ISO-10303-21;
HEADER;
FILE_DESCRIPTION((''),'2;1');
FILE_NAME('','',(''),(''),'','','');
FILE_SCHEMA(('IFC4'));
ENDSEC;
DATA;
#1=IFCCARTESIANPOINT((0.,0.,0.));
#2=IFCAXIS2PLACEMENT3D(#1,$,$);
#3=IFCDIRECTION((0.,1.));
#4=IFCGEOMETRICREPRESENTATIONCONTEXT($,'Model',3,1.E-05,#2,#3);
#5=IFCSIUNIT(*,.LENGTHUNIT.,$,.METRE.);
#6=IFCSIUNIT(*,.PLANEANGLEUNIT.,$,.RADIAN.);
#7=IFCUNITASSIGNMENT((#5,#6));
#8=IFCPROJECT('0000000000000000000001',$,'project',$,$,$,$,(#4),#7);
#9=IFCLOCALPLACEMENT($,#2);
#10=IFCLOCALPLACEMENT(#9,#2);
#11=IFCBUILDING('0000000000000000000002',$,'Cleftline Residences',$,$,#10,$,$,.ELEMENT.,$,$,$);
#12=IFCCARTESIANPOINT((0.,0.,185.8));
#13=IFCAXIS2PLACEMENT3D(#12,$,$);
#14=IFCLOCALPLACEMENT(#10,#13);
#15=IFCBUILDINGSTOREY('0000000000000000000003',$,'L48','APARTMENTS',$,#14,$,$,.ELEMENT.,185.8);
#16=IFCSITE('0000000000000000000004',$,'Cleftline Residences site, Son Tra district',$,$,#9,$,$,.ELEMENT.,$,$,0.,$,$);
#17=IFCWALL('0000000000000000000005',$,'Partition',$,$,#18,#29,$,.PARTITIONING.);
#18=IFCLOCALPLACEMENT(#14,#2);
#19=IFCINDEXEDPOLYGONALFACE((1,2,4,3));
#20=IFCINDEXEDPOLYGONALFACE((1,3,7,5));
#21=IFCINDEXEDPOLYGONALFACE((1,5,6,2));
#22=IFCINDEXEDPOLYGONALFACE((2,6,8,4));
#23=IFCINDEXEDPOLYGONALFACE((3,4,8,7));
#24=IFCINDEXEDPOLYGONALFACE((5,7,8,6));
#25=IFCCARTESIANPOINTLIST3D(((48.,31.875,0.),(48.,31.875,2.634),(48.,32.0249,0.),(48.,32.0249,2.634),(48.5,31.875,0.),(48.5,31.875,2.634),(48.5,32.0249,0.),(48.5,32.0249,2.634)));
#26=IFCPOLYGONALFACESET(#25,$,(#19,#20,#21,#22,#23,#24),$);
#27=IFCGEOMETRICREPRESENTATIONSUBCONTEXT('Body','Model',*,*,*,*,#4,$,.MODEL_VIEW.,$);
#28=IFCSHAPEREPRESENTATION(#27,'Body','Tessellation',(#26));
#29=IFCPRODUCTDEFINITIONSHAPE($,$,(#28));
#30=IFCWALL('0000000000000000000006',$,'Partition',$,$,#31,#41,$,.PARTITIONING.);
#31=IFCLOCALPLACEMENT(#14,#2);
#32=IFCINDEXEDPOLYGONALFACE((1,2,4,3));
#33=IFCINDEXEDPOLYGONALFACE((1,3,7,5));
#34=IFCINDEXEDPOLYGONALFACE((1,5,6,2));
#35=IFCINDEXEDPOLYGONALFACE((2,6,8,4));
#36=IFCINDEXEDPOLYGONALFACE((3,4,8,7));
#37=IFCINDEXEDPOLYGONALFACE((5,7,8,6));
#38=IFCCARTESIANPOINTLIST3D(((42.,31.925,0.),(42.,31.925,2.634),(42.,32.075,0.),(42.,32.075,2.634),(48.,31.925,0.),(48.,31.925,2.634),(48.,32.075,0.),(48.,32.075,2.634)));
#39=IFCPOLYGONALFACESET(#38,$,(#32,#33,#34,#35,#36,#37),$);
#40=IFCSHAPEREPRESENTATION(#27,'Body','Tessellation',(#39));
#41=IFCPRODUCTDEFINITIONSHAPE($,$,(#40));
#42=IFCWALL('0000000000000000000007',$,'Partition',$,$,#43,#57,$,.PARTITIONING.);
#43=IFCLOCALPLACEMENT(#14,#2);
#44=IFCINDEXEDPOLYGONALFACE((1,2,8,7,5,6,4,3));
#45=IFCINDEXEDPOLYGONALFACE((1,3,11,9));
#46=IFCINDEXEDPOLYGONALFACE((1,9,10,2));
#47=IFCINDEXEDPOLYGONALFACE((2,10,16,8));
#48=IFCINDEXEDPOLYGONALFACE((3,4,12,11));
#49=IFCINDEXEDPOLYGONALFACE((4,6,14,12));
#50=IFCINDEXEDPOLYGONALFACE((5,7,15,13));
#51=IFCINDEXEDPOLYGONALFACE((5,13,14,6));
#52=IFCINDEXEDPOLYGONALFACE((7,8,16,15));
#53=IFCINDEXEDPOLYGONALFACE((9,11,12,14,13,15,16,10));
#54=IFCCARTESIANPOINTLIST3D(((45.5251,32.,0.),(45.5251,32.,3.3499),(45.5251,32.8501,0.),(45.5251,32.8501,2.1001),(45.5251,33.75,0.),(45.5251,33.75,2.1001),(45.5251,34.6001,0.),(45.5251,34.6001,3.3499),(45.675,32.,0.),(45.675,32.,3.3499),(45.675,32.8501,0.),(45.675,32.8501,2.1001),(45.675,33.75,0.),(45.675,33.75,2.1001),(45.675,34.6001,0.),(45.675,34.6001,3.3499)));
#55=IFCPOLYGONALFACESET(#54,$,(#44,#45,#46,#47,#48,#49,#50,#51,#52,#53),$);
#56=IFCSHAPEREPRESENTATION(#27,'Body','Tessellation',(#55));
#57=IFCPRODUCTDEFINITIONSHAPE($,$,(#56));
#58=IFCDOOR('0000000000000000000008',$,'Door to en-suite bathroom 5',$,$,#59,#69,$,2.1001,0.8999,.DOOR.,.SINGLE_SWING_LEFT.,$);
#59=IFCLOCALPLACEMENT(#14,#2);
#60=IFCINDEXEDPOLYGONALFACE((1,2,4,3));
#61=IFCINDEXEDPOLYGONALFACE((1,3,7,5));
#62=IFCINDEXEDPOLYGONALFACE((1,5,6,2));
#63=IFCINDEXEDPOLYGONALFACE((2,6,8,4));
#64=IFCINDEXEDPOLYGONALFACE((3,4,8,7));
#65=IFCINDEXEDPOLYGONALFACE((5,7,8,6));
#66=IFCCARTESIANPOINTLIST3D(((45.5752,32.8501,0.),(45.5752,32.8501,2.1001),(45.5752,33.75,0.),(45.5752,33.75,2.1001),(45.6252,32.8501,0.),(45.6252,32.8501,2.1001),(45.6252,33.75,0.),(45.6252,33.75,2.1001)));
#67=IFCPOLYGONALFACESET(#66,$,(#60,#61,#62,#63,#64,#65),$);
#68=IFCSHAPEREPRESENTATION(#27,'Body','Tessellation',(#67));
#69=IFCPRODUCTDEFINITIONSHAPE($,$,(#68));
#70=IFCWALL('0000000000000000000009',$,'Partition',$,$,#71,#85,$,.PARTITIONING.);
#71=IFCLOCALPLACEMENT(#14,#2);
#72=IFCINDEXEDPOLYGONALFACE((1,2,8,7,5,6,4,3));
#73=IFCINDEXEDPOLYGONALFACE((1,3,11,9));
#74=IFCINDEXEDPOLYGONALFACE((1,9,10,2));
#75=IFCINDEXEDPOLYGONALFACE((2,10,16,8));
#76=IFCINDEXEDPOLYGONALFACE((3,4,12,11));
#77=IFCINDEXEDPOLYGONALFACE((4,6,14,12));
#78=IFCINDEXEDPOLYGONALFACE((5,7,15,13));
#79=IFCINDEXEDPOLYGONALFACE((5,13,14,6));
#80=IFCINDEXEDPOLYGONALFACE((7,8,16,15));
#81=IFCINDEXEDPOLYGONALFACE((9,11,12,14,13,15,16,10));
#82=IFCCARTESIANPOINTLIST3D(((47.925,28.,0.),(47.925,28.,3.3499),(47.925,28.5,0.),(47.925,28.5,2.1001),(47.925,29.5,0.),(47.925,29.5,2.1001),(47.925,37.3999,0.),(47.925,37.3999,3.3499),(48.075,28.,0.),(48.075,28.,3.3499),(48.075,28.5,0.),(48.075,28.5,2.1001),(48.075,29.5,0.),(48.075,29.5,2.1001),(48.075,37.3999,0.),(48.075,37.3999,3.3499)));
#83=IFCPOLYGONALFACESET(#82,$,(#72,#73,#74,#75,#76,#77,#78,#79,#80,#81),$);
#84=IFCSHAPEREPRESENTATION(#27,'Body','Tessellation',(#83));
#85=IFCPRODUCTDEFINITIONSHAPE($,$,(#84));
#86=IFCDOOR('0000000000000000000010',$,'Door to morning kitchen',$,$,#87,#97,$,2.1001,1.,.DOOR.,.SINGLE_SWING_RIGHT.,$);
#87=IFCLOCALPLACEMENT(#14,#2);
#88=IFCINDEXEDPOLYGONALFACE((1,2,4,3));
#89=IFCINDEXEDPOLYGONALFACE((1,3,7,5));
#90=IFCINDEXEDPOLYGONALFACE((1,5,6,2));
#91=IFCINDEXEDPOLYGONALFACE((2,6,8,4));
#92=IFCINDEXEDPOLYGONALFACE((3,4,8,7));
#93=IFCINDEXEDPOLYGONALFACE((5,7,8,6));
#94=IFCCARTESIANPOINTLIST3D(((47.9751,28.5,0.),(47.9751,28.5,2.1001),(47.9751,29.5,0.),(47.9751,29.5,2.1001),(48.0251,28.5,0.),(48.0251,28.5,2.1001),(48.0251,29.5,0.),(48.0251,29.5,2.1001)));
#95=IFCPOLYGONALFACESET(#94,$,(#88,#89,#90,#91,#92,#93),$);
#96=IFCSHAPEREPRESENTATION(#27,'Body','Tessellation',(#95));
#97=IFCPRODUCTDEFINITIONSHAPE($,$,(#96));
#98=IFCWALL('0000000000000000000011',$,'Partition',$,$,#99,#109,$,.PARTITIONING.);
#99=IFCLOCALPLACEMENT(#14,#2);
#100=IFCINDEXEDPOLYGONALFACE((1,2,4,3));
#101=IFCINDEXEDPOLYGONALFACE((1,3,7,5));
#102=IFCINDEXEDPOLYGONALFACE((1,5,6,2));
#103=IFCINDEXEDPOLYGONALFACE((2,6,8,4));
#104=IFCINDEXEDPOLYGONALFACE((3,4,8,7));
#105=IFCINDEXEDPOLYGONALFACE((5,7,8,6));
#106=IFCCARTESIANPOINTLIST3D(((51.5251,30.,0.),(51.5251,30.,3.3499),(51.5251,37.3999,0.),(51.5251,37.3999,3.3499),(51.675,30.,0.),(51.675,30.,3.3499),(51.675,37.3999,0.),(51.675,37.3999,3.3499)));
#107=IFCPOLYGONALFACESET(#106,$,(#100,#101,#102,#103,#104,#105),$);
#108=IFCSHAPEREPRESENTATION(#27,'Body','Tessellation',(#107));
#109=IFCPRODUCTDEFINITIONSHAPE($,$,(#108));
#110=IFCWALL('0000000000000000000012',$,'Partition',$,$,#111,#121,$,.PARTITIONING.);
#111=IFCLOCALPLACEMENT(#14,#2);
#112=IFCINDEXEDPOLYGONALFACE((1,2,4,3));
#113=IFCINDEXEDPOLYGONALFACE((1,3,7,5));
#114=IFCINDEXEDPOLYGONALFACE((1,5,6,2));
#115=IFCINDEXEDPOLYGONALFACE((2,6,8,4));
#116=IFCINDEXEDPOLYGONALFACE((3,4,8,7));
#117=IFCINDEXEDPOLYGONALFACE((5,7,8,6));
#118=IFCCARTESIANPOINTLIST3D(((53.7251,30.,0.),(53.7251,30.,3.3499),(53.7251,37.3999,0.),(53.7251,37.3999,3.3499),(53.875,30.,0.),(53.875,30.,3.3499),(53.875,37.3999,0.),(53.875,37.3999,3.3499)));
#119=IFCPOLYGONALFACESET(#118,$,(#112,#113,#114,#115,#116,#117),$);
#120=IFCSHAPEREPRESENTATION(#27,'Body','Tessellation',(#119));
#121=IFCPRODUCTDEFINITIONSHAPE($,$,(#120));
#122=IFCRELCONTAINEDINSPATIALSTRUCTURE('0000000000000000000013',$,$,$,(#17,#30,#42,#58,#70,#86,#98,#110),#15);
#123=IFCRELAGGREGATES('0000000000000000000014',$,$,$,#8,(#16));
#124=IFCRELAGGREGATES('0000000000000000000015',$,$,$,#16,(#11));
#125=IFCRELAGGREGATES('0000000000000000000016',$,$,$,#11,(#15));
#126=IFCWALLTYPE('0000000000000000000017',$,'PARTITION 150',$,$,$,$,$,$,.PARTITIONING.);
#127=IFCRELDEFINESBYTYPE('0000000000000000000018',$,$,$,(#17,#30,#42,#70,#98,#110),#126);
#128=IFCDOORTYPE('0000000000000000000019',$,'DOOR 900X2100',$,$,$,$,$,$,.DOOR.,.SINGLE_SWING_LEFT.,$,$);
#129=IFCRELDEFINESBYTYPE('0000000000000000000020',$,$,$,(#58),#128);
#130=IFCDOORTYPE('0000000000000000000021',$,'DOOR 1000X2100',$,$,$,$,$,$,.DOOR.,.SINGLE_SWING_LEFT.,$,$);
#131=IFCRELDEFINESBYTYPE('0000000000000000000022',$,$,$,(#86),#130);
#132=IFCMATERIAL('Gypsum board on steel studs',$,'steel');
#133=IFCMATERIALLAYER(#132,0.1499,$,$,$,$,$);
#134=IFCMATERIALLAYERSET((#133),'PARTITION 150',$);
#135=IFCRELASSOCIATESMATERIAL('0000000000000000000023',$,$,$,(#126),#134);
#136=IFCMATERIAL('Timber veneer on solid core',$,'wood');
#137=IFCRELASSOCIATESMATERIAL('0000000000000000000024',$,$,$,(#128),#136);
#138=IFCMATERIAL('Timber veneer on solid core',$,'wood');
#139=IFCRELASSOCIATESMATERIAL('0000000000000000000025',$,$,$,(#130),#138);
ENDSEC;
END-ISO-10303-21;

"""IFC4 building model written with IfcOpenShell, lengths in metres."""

from ifc_helpers import new_model, si_unit, direction, frame, frame_2d, origin, place, context, subcontext, project, spatial, rectangle, extrude, material, layer, layer_set, type_object, element, fill, save


model = new_model("IFC4")

# Units and contexts
model_context = context("Model", 3, precision=1e-05, world=origin(), true_north=direction((0.0, 1.0)))
body_context = subcontext(model_context, "Body", "Model", "MODEL_VIEW")
ifc_project = project(units=[si_unit("LENGTHUNIT", "METRE"), si_unit("PLANEANGLEUNIT", "RADIAN")], contexts=[model_context])

# Site, building, storey
site_placement = place(None, origin())
site = spatial("IfcSite", under=ifc_project, at=site_placement, Name="Cleftline Residences site, Son Tra district", CompositionType="ELEMENT", RefElevation=0.0)
building_placement = place(site_placement, origin())
building = spatial("IfcBuilding", under=site, at=building_placement, Name="Cleftline Residences", CompositionType="ELEMENT")
storey_placement = place(building_placement, frame((0.0, 0.0, 185.8)))
storey = spatial("IfcBuildingStorey", under=building, at=storey_placement, Name="L48", Description="APARTMENTS", CompositionType="ELEMENT", Elevation=185.8)

# Shared definitions
ifc_material_1 = material(Name="Gypsum board on steel studs", Category="steel")
ifc_layer_1 = layer(ifc_material_1, 0.1499)
ifc_layer_set_1 = layer_set([ifc_layer_1], Name="PARTITION 150")
wall_type_1 = type_object("IfcWallType", Name="PARTITION 150", PredefinedType="PARTITIONING", material=ifc_layer_set_1)
ifc_material_2 = material(Name="Timber veneer on solid core", Category="wood")
door_type_1 = type_object("IfcDoorType", Name="DOOR 900X2100", OperationType="SINGLE_SWING_LEFT", PredefinedType="DOOR", material=ifc_material_2)
ifc_material_3 = material(Name="Timber veneer on solid core", Category="wood")
door_type_2 = type_object("IfcDoorType", Name="DOOR 1000X2100", OperationType="SINGLE_SWING_LEFT", PredefinedType="DOOR", material=ifc_material_3)

# Walls
wall_1_placement = place(storey_placement, frame((48.0, 31.95, 0.0), z_axis=(0.0, 0.0, 1.0), x_axis=(1.0, 0.0, 0.0)))
element("IfcWall", 1, at=wall_1_placement, inside=storey, type_object=wall_type_1, Name="Partition", PredefinedType="PARTITIONING", context=body_context, shape_type="SweptSolid", body=[
    extrude(rectangle(XDim=0.5, YDim=0.1499, at=frame_2d((0.25, 0.0))), origin(), (0.0, 0.0, 1.0), 2.634),
])
wall_2_placement = place(storey_placement, frame((42.0, 32.0, 0.0), z_axis=(0.0, 0.0, 1.0), x_axis=(1.0, 0.0, 0.0)))
element("IfcWall", 2, at=wall_2_placement, inside=storey, type_object=wall_type_1, Name="Partition", PredefinedType="PARTITIONING", context=body_context, shape_type="SweptSolid", body=[
    extrude(rectangle(XDim=6.0, YDim=0.1499, at=frame_2d((3.0, 0.0))), origin(), (0.0, 0.0, 1.0), 2.634),
])

# Walls, openings, doors
wall_3_placement = place(storey_placement, frame((45.6001, 32.0, 0.0), z_axis=(0.0, 0.0, 1.0), x_axis=(0.0, 1.0, 0.0)))
wall_3 = element("IfcWall", 3, at=wall_3_placement, inside=storey, type_object=wall_type_1, Name="Partition", PredefinedType="PARTITIONING", context=body_context, shape_type="SweptSolid", body=[
    extrude(rectangle(XDim=2.6001, YDim=0.1499, at=frame_2d((1.3, 0.0))), origin(), (0.0, 0.0, 1.0), 3.3499),
])
opening_1_placement = place(wall_3_placement, frame((0.8501, 0.0, 0.0)))
opening_1 = element("IfcOpeningElement", 4, at=opening_1_placement, cuts=wall_3, PredefinedType="OPENING", context=body_context, shape_type="SweptSolid", body=[
    extrude(rectangle(XDim=0.8999, YDim=2.1001, at=frame_2d((0.45, 1.05))), frame((0.0, 0.085, 0.0), z_axis=(0.0, -1.0, 0.0), x_axis=(1.0, 0.0, 0.0)), (0.0, 0.0, 1.0), 0.1699),
])
door_1_placement = place(opening_1_placement, origin())
door_1 = element("IfcDoor", 5, at=door_1_placement, inside=storey, type_object=door_type_1, Name="Door to en-suite bathroom 5", OperationType="SINGLE_SWING_LEFT", OverallHeight=2.1001, OverallWidth=0.8999, PredefinedType="DOOR", context=body_context, shape_type="SweptSolid", body=[
    extrude(rectangle(XDim=0.8999, YDim=2.1001, at=frame_2d((0.45, 1.05))), frame((0.0, 0.0249, 0.0), z_axis=(0.0, -1.0, 0.0), x_axis=(1.0, 0.0, 0.0)), (0.0, 0.0, 1.0), 0.05),
])
fill(opening_1, door_1)
wall_4_placement = place(storey_placement, frame((48.0, 28.0, 0.0), z_axis=(0.0, 0.0, 1.0), x_axis=(0.0, 1.0, 0.0)))
wall_4 = element("IfcWall", 6, at=wall_4_placement, inside=storey, type_object=wall_type_1, Name="Partition", PredefinedType="PARTITIONING", context=body_context, shape_type="SweptSolid", body=[
    extrude(rectangle(XDim=9.3999, YDim=0.1499, at=frame_2d((4.7, 0.0))), origin(), (0.0, 0.0, 1.0), 3.3499),
])
opening_2_placement = place(wall_4_placement, frame((0.5, 0.0, 0.0)))
opening_2 = element("IfcOpeningElement", 7, at=opening_2_placement, cuts=wall_4, PredefinedType="OPENING", context=body_context, shape_type="SweptSolid", body=[
    extrude(rectangle(XDim=1.0, YDim=2.1001, at=frame_2d((0.5, 1.05))), frame((0.0, 0.085, 0.0), z_axis=(0.0, -1.0, 0.0), x_axis=(1.0, 0.0, 0.0)), (0.0, 0.0, 1.0), 0.1699),
])
door_2_placement = place(opening_2_placement, origin())
door_2 = element("IfcDoor", 8, at=door_2_placement, inside=storey, type_object=door_type_2, Name="Door to morning kitchen", OperationType="SINGLE_SWING_RIGHT", OverallHeight=2.1001, OverallWidth=1.0, PredefinedType="DOOR", context=body_context, shape_type="SweptSolid", body=[
    extrude(rectangle(XDim=1.0, YDim=2.1001, at=frame_2d((0.5, 1.05))), frame((0.0, 0.0249, 0.0), z_axis=(0.0, -1.0, 0.0), x_axis=(1.0, 0.0, 0.0)), (0.0, 0.0, 1.0), 0.05),
])
fill(opening_2, door_2)

# Walls
for number, where, z_axis, x_axis, name in (
    (9, (51.6001, 30.0, 0.0), (0.0, 0.0, 1.0), (0.0, 1.0, 0.0), "Partition"),
    (10, (53.8, 30.0, 0.0), (0.0, 0.0, 1.0), (0.0, 1.0, 0.0), "Partition"),
):
    element("IfcWall", number, at=place(storey_placement, frame(where, z_axis=z_axis, x_axis=x_axis)), inside=storey, type_object=wall_type_1, Name=name, PredefinedType="PARTITIONING", context=body_context, shape_type="SweptSolid", body=[
        extrude(rectangle(XDim=7.3999, YDim=0.1499, at=frame_2d((3.7, 0.0))), origin(), (0.0, 0.0, 1.0), 3.3499),
    ])

save(model, "model.ifc")
